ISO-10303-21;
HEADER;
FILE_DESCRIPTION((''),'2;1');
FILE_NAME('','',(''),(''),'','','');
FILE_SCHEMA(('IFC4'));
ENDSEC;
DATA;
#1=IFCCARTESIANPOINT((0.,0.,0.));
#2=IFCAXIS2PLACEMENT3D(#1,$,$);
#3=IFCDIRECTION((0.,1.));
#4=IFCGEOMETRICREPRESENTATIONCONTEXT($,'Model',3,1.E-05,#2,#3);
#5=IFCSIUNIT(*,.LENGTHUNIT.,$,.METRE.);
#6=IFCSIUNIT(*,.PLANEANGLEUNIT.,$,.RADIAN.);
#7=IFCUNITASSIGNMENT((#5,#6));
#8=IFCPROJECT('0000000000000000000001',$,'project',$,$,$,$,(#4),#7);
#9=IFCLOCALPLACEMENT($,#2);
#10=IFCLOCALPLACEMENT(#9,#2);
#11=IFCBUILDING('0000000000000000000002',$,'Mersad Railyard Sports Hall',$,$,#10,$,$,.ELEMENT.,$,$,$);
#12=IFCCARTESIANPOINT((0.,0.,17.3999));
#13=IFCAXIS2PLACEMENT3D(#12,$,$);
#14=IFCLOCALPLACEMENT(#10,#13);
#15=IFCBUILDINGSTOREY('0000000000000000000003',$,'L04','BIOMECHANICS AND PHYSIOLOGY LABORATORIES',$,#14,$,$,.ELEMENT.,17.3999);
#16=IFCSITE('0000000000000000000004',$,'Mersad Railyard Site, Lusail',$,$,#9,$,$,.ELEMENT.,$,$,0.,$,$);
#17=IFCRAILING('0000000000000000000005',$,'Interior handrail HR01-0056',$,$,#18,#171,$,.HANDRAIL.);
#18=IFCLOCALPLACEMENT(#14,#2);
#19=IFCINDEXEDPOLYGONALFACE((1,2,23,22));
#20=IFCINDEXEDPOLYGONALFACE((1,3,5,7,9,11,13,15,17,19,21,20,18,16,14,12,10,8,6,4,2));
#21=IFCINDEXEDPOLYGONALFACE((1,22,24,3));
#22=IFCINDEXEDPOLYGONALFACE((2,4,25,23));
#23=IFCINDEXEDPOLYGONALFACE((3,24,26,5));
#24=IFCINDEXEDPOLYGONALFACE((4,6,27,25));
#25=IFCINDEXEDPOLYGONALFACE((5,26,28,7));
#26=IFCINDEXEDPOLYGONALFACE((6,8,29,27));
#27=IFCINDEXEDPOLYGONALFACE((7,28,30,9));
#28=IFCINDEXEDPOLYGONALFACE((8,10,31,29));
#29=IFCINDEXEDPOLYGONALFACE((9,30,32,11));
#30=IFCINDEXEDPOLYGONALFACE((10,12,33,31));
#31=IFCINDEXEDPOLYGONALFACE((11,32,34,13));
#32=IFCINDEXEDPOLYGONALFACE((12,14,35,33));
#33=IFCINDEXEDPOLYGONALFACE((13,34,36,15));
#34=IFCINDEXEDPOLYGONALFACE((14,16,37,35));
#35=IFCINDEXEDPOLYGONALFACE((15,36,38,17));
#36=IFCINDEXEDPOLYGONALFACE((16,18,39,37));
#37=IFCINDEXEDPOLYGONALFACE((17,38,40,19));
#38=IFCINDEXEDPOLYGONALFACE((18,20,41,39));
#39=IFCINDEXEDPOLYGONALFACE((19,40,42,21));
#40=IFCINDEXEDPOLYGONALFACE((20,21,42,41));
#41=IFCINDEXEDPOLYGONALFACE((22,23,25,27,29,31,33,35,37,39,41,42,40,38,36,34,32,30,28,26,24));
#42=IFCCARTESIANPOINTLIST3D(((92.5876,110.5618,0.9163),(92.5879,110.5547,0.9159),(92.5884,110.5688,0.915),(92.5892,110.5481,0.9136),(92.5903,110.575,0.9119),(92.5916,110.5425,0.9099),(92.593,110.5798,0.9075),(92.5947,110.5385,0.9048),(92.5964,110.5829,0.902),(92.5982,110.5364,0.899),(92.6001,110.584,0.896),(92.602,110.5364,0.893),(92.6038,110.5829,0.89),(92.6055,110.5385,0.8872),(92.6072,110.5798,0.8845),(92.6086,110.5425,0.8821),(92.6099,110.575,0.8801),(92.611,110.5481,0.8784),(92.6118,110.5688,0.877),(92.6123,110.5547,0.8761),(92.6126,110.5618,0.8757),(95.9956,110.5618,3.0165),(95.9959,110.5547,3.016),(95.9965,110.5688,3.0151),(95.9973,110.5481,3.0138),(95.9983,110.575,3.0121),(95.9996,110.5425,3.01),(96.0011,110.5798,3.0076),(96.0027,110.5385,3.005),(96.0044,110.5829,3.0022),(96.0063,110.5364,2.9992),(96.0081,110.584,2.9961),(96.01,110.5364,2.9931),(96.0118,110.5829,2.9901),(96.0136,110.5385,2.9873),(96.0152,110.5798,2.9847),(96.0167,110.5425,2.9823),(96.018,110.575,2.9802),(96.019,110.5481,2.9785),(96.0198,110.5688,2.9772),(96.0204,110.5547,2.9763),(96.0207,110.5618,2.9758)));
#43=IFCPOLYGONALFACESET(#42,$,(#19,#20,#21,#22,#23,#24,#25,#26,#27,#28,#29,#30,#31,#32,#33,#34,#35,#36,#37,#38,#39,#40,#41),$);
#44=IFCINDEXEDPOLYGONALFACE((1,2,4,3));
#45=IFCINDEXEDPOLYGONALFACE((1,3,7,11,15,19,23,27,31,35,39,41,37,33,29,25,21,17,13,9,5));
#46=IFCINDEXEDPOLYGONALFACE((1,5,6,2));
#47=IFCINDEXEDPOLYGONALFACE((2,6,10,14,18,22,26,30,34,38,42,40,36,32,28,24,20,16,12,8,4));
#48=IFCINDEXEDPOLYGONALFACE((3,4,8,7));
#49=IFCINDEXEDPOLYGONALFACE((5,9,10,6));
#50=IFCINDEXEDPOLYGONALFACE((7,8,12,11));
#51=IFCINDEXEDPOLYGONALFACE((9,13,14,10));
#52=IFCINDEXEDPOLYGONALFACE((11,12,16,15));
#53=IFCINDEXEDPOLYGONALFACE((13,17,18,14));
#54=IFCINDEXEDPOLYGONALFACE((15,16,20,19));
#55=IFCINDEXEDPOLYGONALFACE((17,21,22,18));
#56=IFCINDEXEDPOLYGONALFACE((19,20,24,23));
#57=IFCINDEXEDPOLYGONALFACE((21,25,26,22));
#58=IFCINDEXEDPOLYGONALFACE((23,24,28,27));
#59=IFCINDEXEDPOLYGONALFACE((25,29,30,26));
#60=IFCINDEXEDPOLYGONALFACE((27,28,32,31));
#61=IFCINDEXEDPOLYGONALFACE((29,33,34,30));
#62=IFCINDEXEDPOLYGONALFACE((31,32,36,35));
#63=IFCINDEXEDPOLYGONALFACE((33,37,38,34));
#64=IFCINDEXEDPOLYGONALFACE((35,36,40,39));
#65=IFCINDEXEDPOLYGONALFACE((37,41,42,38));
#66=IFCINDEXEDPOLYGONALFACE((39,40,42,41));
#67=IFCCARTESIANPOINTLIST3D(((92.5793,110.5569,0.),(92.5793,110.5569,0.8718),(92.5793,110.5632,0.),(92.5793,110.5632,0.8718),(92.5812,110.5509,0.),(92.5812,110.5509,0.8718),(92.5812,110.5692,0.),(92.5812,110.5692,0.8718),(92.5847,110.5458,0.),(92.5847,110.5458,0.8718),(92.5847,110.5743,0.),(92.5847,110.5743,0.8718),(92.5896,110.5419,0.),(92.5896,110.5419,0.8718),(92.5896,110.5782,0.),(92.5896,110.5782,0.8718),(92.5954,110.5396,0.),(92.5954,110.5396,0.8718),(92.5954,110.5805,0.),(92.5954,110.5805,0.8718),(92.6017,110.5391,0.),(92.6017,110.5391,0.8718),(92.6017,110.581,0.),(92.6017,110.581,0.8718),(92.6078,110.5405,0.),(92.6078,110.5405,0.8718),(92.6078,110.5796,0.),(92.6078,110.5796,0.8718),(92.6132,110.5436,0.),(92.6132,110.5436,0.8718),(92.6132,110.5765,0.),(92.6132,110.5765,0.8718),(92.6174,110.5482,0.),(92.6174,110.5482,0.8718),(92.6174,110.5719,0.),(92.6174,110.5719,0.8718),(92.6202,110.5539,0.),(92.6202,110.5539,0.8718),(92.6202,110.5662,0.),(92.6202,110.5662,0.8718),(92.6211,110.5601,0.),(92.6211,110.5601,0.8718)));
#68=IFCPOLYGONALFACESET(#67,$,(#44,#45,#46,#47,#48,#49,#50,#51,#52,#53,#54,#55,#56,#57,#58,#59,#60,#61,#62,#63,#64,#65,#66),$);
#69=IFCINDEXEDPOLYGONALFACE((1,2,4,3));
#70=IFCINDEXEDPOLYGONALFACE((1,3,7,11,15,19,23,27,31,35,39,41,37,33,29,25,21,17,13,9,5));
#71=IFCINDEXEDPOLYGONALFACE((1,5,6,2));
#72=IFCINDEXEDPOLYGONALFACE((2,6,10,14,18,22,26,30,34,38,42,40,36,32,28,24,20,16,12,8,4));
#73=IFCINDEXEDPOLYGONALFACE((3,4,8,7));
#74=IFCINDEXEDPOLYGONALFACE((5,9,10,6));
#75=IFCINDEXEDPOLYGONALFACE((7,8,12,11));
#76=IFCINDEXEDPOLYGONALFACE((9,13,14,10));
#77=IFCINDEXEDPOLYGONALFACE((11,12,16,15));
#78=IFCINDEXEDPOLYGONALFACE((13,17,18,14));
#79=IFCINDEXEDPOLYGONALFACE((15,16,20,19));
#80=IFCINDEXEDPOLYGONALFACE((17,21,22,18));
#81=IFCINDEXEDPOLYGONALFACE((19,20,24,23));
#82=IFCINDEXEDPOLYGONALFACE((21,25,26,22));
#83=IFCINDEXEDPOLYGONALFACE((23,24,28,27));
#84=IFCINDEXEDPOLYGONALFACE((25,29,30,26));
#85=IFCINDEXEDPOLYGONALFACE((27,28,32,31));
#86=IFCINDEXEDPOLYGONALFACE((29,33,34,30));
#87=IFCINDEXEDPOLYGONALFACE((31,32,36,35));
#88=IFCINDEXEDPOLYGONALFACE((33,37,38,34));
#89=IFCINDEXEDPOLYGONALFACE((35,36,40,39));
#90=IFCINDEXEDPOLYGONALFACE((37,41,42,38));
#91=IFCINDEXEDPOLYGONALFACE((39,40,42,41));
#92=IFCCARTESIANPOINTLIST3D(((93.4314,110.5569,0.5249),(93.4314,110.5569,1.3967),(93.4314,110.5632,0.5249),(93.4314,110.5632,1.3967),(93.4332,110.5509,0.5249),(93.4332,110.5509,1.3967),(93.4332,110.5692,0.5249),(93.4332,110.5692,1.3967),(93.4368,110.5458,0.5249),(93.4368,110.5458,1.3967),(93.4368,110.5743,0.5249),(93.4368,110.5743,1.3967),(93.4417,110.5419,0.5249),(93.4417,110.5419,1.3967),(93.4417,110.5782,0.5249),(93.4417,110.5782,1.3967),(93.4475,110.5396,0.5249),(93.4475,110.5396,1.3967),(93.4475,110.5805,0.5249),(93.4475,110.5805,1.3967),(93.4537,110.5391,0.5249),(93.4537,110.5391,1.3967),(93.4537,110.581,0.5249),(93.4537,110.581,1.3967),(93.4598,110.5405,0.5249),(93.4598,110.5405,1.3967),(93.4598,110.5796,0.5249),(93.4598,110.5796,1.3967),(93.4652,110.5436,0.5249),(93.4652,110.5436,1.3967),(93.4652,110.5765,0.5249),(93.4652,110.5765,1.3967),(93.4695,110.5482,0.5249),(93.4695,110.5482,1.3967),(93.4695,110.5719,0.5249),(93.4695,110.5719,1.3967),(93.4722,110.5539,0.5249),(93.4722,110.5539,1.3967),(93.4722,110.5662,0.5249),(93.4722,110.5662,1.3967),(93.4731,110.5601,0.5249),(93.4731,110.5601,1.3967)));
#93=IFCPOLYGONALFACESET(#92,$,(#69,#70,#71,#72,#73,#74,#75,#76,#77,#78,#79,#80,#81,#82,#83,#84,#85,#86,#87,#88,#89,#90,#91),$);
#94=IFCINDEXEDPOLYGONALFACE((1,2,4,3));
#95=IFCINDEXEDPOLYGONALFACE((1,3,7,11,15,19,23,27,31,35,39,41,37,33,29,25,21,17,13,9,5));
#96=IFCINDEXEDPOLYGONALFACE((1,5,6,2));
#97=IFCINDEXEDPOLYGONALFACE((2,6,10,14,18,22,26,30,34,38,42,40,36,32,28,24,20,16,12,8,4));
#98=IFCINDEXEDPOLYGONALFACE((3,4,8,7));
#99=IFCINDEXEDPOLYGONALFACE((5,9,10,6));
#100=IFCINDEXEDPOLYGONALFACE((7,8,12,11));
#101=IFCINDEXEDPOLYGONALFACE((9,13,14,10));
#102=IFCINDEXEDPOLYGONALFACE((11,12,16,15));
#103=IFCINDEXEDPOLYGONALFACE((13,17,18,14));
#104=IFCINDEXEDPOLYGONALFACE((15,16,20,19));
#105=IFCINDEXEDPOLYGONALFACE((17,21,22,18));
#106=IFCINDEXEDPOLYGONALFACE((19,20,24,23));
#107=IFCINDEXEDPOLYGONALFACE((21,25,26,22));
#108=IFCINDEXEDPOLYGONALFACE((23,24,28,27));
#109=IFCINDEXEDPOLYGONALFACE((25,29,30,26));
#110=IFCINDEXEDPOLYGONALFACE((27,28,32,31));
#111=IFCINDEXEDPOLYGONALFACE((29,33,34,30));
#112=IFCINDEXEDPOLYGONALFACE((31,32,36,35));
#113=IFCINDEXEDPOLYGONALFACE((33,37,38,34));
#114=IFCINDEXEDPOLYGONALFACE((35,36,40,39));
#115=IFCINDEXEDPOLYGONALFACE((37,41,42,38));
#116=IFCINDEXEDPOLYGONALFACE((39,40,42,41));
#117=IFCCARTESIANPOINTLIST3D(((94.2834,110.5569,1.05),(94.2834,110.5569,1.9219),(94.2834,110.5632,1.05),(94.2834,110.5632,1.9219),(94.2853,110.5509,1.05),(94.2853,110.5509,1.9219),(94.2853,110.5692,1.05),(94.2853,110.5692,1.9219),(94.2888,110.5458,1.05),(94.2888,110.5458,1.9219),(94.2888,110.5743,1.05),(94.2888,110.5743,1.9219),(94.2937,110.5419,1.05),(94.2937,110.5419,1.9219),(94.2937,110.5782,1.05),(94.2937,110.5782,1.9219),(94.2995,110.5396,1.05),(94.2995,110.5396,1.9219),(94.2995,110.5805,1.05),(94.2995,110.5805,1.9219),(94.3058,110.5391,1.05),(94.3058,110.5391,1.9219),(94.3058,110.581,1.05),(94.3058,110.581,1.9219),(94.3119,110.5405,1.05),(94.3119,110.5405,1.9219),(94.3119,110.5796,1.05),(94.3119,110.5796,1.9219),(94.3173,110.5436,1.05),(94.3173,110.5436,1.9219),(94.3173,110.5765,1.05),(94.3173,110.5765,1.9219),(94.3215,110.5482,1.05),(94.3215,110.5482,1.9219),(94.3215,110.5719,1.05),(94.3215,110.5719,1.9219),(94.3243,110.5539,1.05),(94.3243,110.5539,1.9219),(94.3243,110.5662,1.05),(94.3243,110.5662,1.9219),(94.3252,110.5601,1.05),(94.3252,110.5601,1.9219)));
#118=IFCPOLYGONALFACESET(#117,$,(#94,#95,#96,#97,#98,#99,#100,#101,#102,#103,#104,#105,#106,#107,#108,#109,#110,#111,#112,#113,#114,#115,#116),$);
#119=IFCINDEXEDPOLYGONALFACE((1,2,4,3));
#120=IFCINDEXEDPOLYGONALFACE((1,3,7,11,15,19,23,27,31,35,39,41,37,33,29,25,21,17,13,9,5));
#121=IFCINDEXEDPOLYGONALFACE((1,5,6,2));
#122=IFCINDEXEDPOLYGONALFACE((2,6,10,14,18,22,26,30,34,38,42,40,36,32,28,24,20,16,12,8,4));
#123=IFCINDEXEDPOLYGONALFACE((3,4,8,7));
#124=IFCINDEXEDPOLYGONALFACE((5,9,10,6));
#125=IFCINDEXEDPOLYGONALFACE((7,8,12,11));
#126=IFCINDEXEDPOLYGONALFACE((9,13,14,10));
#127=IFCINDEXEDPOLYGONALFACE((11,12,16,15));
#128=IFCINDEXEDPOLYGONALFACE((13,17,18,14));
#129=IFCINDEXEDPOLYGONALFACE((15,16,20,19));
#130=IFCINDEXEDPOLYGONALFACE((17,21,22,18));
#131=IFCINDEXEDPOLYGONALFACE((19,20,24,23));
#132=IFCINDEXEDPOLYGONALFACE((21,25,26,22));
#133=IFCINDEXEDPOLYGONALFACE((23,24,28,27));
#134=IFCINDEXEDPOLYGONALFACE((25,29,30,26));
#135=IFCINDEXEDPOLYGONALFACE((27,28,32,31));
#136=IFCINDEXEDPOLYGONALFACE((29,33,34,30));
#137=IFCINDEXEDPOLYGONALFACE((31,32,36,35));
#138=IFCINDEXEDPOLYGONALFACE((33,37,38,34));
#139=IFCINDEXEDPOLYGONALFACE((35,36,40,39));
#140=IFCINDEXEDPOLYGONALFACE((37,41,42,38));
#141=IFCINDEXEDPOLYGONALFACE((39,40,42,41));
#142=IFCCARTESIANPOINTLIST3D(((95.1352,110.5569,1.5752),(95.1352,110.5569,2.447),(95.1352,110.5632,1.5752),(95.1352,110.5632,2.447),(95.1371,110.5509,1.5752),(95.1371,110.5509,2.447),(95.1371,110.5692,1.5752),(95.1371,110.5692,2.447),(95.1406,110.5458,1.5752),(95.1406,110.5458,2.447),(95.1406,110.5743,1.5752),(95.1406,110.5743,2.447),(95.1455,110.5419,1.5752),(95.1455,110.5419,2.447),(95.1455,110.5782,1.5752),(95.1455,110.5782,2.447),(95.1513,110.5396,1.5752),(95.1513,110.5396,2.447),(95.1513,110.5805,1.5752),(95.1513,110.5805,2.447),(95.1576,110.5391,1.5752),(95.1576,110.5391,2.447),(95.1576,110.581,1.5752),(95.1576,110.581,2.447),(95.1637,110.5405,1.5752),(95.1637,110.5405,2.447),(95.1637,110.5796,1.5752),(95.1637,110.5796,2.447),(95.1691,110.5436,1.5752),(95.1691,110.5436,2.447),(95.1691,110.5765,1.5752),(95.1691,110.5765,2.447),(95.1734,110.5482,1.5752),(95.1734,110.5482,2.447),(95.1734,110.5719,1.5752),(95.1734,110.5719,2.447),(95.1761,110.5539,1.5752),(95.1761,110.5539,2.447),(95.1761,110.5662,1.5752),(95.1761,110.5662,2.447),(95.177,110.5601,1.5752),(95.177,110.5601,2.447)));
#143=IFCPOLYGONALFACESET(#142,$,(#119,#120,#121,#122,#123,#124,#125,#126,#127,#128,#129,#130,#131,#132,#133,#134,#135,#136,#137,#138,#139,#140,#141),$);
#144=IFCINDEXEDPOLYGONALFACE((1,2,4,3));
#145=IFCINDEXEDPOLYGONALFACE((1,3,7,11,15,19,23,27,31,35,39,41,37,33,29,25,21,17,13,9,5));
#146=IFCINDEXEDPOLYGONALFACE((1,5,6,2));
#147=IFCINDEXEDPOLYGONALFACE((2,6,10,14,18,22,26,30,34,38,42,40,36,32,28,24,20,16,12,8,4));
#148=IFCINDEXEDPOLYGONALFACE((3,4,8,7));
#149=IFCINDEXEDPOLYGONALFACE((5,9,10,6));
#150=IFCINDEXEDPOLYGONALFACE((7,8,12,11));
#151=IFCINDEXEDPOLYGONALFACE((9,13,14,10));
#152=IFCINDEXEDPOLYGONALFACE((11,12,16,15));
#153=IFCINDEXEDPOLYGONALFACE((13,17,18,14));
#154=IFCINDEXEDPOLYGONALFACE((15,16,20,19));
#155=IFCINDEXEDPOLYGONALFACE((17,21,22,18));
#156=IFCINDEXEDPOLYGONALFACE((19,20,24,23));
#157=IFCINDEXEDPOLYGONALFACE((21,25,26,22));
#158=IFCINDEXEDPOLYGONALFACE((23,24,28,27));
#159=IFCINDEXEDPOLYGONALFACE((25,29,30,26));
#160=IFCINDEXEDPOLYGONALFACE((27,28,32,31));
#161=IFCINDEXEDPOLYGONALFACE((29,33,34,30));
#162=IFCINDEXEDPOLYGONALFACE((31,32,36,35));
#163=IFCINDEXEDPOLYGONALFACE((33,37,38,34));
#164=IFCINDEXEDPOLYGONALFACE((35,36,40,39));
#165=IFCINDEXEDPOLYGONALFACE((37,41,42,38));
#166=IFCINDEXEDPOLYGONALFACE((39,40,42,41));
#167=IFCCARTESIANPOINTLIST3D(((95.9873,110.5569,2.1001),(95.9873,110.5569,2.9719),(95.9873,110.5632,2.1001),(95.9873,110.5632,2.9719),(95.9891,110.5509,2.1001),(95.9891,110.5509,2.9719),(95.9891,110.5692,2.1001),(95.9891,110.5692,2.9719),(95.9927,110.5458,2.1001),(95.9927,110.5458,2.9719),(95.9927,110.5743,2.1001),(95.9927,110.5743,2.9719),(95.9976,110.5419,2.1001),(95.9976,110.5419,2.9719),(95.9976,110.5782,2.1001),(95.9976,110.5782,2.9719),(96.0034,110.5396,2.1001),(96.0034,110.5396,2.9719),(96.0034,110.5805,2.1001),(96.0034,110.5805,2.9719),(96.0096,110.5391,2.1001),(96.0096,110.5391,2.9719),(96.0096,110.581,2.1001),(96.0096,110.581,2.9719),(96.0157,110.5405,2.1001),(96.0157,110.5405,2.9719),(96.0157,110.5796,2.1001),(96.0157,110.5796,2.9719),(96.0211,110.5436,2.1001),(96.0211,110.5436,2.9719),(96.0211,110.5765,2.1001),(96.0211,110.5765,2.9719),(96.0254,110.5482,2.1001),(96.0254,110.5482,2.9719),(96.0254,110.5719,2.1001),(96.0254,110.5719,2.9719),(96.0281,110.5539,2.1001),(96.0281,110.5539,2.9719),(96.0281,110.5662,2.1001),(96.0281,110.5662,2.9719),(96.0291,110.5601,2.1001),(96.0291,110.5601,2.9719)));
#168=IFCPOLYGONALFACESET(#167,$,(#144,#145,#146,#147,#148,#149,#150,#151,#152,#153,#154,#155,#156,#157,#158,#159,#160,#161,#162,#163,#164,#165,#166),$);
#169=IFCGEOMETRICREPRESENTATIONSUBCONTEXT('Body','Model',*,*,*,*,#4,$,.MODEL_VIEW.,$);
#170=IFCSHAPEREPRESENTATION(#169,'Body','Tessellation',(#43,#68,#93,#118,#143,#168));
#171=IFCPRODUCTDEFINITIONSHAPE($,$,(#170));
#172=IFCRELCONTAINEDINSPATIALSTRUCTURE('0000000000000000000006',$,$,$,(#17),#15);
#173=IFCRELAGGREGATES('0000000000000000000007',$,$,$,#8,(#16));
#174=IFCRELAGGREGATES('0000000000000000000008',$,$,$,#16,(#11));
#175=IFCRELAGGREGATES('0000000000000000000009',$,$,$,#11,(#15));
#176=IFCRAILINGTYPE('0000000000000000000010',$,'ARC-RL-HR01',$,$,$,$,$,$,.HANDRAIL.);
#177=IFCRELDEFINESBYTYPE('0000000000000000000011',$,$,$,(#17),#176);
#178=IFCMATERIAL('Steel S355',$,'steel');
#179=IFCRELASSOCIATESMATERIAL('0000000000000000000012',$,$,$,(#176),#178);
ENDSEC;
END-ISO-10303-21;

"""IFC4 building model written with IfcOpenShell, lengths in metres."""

from ifc_helpers import new_model, si_unit, direction, frame, origin, origin_2d, place, context, subcontext, project, spatial, circle, extrude, material, type_object, element, save


model = new_model("IFC4")

# Units and contexts
model_context = context("Model", 3, precision=1e-05, world=origin(), true_north=direction((0.0, 1.0)))
body_context = subcontext(model_context, "Body", "Model", "MODEL_VIEW")
ifc_project = project(units=[si_unit("LENGTHUNIT", "METRE"), si_unit("PLANEANGLEUNIT", "RADIAN")], contexts=[model_context])

# Site, building, storey
site_placement = place(None, origin())
site = spatial("IfcSite", under=ifc_project, at=site_placement, Name="Mersad Railyard Site, Lusail", CompositionType="ELEMENT", RefElevation=0.0)
building_placement = place(site_placement, origin())
building = spatial("IfcBuilding", under=site, at=building_placement, Name="Mersad Railyard Sports Hall", CompositionType="ELEMENT")
storey_placement = place(building_placement, frame((0.0, 0.0, 17.3999)))
storey = spatial("IfcBuildingStorey", under=building, at=storey_placement, Name="L04", Description="BIOMECHANICS AND PHYSIOLOGY LABORATORIES", CompositionType="ELEMENT", Elevation=17.3999)

# Shared definitions
ifc_material_1 = material(Name="Steel S355", Category="steel")

# Railing
railing_type_1 = type_object("IfcRailingType", Name="ARC-RL-HR01", PredefinedType="HANDRAIL", material=ifc_material_1)
railing_1_placement = place(storey_placement, frame((92.6001, 110.5601, 0.0)))
element("IfcRailing", 1, at=railing_1_placement, inside=storey, type_object=railing_type_1, Name="Interior handrail HR01-0056", PredefinedType="HANDRAIL", context=body_context, shape_type="SweptSolid", body=[
    extrude(circle(Radius=0.0239, at=origin_2d()), frame((0.0, 0.0, 0.896), z_axis=(0.851336, 0.0, 0.524621), x_axis=(0.0, 1.0, 0.0)), (0.0, 0.0, 1.0), 4.0032),
    extrude(circle(Radius=0.021, at=origin_2d()), origin(), (0.0, 0.0, 1.0), 0.8718),
    extrude(circle(Radius=0.021, at=origin_2d()), frame((0.8521, 0.0, 0.5249)), (0.0, 0.0, 1.0), 0.8718),
    extrude(circle(Radius=0.021, at=origin_2d()), frame((1.7041, 0.0, 1.05)), (0.0, 0.0, 1.0), 0.8718),
    extrude(circle(Radius=0.021, at=origin_2d()), frame((2.5559, 0.0, 1.5752)), (0.0, 0.0, 1.0), 0.8718),
    extrude(circle(Radius=0.021, at=origin_2d()), frame((3.408, 0.0, 2.1001)), (0.0, 0.0, 1.0), 0.8718),
])

save(model, "model.ifc")
